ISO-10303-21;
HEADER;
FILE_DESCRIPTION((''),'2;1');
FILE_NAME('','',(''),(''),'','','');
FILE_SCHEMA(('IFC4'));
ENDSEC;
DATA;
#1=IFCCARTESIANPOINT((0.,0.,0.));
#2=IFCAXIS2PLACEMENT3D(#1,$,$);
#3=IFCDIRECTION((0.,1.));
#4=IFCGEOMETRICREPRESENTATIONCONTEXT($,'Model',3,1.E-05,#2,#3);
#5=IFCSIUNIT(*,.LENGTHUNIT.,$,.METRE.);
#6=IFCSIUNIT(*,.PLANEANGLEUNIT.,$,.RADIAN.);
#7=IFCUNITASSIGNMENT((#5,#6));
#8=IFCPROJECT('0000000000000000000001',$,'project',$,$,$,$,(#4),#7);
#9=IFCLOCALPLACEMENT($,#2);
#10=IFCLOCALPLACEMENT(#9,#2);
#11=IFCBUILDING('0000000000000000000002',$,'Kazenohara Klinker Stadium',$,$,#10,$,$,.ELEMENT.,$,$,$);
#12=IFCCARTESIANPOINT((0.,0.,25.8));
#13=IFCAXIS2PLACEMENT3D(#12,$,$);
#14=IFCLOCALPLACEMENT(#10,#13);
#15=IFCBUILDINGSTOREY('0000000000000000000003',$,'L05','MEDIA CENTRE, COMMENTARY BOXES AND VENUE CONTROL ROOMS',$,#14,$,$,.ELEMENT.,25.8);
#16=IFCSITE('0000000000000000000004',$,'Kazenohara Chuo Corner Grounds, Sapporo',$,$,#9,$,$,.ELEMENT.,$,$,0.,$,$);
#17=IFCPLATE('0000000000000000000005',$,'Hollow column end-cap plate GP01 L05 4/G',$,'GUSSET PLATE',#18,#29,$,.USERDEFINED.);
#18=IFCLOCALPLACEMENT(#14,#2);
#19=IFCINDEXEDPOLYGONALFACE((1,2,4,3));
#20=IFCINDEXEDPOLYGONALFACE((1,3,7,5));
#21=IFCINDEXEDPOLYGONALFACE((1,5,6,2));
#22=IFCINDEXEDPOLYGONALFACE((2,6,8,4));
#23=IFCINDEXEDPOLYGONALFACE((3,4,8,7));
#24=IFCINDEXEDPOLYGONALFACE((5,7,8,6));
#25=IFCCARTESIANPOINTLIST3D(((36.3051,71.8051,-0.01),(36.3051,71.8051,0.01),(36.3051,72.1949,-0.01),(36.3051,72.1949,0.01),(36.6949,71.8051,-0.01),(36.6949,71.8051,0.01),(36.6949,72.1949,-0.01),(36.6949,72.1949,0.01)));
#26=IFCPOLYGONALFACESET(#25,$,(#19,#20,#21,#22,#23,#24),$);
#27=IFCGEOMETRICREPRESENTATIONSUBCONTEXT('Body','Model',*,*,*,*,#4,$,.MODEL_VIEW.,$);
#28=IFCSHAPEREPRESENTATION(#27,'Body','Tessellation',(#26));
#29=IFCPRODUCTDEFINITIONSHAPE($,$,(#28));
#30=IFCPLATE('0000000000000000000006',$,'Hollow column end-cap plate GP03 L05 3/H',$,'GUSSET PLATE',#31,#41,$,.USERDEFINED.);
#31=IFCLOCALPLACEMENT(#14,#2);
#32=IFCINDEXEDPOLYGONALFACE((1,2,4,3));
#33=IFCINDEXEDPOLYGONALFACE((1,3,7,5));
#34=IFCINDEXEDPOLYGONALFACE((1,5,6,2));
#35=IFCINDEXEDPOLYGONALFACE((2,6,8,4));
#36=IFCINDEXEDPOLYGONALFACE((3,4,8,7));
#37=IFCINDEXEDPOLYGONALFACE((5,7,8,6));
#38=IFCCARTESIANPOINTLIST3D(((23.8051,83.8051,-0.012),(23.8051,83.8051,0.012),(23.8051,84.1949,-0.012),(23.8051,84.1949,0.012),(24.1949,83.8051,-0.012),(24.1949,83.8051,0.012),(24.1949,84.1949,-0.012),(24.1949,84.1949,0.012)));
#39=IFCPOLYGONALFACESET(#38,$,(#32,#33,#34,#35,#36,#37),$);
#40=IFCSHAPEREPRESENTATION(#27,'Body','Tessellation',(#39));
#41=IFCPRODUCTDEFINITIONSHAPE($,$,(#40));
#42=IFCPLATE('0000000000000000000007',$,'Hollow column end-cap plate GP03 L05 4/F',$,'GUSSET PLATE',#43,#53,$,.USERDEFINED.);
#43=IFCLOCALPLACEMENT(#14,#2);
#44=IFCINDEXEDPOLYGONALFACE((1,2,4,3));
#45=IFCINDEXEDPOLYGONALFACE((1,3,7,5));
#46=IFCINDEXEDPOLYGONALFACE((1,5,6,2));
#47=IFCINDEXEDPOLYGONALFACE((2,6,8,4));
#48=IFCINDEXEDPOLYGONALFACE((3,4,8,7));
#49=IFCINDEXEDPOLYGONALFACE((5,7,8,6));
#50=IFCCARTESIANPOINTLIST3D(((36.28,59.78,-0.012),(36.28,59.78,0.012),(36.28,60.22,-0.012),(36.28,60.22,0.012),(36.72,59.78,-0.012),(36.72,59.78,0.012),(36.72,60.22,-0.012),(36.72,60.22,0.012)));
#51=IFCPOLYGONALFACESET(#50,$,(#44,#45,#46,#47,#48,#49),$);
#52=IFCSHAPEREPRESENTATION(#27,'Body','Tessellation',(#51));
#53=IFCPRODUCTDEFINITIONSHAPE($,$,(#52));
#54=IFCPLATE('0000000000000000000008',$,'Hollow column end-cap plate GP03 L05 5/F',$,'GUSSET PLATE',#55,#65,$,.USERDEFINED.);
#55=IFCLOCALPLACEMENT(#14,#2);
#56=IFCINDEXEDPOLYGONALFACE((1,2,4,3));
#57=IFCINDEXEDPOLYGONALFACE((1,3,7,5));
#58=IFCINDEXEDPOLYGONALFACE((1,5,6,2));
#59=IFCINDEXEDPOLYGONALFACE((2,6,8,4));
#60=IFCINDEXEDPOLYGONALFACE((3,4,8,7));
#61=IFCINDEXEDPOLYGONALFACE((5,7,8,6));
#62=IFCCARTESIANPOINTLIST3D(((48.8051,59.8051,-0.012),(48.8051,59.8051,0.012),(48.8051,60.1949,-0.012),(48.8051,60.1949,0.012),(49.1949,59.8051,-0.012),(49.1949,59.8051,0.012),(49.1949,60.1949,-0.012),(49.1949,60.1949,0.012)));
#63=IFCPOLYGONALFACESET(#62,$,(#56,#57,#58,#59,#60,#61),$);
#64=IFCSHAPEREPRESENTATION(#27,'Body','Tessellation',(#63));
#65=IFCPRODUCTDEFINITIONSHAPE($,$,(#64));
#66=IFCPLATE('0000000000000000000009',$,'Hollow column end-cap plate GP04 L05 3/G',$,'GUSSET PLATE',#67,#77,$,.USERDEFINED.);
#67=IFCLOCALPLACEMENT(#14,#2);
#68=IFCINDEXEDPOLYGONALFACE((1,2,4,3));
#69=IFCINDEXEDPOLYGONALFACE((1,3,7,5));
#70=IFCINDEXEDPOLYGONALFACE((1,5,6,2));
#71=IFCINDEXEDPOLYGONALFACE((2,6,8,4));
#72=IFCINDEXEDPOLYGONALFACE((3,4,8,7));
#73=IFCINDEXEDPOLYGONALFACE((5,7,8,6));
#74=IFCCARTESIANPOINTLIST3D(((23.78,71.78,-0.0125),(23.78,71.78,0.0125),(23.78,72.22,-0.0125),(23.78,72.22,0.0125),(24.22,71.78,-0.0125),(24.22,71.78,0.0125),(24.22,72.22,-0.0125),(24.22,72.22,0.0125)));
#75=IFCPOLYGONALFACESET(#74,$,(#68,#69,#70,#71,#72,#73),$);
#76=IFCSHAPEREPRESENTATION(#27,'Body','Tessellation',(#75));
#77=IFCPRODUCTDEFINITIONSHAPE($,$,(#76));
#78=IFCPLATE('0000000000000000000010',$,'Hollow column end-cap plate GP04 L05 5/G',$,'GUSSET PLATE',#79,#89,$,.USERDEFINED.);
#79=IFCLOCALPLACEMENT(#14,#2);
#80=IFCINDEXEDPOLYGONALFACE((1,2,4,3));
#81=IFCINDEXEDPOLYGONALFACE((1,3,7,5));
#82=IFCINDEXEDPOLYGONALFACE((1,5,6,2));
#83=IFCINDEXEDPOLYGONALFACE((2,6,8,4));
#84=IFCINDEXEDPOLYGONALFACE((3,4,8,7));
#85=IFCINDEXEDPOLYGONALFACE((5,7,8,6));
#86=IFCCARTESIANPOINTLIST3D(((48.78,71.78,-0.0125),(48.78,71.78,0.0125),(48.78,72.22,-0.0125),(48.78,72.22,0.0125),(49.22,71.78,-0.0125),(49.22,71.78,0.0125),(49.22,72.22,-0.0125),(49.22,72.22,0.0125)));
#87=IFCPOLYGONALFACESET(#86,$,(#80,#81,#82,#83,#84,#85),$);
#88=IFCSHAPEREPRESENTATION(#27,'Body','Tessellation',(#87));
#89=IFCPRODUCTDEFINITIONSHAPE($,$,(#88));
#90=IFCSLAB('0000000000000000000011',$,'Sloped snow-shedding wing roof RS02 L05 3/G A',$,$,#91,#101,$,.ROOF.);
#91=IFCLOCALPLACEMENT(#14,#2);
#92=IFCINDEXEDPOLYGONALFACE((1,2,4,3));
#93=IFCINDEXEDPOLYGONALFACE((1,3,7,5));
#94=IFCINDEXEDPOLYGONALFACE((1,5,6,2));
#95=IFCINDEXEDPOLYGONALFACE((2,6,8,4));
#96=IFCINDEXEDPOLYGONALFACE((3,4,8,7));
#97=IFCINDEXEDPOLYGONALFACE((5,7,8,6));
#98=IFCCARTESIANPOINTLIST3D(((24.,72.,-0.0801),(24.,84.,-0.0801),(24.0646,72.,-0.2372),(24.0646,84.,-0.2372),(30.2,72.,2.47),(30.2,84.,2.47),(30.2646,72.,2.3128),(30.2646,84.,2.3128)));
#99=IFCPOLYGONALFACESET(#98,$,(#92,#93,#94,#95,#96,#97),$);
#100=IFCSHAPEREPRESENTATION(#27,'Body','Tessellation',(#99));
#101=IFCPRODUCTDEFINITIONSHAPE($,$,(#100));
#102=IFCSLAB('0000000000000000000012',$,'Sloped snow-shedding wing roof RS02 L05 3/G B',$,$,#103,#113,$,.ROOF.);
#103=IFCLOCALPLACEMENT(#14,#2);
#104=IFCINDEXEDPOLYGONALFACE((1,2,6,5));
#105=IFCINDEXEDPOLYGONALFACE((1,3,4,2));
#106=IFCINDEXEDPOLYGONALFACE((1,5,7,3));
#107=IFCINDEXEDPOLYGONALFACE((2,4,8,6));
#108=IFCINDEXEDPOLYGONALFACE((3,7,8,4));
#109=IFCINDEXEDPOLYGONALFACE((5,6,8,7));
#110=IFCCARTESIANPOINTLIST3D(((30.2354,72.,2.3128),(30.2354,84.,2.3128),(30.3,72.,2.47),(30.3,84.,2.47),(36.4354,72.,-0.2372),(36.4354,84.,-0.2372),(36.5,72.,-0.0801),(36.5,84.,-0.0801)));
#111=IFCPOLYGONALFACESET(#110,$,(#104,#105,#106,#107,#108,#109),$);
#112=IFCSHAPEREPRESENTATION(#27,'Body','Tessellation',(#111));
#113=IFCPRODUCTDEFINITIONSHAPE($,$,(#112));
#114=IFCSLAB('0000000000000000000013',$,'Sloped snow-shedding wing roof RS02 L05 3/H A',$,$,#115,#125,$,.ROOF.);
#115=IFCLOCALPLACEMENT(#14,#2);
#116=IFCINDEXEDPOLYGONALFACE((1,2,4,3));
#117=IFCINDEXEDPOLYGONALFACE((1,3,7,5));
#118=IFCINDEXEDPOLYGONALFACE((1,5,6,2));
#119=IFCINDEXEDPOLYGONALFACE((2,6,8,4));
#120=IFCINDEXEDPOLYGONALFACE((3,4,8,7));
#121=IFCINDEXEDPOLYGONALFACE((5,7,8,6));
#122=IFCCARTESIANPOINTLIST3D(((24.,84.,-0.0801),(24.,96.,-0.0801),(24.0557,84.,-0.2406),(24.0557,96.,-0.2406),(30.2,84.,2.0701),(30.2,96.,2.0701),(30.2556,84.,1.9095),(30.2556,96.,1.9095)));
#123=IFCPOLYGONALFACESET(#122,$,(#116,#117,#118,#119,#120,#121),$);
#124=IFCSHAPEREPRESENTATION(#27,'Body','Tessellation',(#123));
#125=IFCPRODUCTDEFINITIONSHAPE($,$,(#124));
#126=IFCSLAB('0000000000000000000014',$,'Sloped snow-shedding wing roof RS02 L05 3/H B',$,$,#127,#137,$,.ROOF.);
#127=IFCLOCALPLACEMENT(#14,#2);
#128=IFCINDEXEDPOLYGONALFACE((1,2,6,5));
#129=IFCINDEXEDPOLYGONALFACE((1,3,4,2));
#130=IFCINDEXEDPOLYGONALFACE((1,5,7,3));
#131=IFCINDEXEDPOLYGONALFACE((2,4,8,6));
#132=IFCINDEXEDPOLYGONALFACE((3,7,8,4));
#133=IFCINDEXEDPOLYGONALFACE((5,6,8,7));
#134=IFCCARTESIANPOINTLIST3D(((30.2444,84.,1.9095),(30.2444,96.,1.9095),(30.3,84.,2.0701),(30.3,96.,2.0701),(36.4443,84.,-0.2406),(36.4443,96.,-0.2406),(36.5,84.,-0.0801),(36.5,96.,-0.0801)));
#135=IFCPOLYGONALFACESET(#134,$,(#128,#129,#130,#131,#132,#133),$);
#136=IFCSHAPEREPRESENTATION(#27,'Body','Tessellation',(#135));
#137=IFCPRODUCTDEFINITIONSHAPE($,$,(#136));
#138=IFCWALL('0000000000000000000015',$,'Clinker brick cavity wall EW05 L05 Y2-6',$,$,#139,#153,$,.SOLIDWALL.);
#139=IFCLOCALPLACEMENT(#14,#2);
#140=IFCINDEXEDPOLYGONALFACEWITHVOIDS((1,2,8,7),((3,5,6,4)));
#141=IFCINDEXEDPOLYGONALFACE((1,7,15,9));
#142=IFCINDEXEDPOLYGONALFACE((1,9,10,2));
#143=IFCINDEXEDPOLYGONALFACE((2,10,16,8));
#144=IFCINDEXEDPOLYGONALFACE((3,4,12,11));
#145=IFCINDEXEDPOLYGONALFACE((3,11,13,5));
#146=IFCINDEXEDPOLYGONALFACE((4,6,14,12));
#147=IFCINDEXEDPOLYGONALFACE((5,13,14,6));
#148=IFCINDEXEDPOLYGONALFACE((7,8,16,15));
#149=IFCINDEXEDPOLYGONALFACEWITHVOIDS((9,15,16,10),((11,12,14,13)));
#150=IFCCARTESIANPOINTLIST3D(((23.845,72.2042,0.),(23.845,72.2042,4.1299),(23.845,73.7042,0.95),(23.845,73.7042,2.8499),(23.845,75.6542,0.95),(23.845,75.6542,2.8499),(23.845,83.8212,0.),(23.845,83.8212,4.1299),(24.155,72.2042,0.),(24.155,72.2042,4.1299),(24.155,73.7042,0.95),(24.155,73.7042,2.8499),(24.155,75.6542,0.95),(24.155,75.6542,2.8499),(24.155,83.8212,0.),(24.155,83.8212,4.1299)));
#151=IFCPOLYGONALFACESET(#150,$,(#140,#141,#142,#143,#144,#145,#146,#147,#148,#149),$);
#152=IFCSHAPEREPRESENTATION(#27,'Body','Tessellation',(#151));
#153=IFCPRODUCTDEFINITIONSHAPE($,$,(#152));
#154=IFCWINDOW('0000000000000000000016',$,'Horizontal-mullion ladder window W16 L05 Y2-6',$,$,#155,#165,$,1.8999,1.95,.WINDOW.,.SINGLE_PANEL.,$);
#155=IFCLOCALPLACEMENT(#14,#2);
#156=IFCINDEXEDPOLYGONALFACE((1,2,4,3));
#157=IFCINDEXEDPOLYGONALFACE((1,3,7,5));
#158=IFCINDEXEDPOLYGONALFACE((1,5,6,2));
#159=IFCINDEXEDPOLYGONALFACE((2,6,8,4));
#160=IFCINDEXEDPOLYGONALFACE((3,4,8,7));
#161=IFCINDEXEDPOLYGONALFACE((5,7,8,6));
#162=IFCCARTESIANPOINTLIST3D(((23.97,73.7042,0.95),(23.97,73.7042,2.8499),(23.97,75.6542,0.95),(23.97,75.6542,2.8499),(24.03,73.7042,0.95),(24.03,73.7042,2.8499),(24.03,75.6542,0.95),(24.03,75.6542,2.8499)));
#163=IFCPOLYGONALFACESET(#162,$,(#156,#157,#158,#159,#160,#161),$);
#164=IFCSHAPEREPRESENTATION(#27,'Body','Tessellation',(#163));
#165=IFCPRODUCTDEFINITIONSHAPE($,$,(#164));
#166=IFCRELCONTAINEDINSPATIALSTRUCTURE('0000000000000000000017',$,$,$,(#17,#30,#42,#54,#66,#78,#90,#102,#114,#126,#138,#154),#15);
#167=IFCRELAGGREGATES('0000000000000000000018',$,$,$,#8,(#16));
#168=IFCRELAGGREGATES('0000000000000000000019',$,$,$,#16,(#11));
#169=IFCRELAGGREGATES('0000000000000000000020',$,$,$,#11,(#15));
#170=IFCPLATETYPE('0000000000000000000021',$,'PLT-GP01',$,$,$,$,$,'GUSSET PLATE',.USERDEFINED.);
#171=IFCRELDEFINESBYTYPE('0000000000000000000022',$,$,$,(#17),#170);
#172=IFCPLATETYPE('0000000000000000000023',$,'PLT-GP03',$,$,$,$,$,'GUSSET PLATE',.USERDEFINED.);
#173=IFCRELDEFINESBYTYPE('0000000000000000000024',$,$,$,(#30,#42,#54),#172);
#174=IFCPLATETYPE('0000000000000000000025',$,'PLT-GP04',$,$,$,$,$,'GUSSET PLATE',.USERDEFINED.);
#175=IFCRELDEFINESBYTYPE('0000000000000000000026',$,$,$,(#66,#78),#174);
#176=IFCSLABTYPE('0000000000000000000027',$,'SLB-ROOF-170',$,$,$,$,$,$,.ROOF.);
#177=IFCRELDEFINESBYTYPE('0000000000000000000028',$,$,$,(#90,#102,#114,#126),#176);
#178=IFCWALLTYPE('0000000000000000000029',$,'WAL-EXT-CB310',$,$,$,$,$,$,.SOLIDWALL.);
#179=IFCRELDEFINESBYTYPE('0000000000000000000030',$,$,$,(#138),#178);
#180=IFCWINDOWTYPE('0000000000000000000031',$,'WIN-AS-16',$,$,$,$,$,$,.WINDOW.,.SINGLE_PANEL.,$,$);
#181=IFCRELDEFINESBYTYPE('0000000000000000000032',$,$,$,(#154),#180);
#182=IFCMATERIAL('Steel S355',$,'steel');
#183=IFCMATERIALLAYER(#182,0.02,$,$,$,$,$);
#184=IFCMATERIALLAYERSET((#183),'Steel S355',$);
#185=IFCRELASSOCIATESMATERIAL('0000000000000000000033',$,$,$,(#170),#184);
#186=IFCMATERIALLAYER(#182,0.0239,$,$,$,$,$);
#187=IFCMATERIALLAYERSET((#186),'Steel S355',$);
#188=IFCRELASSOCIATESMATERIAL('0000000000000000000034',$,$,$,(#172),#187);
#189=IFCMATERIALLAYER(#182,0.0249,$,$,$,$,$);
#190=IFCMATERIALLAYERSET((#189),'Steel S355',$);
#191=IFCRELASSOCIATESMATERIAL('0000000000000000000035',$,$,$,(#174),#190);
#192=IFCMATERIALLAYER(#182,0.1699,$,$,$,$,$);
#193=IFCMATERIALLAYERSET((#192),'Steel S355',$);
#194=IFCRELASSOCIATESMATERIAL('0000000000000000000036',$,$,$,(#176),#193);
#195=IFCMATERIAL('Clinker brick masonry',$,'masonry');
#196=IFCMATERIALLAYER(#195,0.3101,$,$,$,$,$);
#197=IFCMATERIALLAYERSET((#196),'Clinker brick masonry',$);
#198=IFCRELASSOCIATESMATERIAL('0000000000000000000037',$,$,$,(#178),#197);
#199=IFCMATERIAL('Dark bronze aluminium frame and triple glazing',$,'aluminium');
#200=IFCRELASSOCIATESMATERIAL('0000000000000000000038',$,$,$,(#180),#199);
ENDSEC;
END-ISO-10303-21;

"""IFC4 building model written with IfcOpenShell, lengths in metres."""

from ifc_helpers import new_model, si_unit, direction, frame, frame_2d, origin, origin_2d, place, context, subcontext, project, spatial, polyline, rectangle, outline, extrude, material, layer, layer_set, type_object, element, fill, save


model = new_model("IFC4")

# Units and contexts
model_context = context("Model", 3, precision=1e-05, world=origin(), true_north=direction((0.0, 1.0)))
body_context = subcontext(model_context, "Body", "Model", "MODEL_VIEW")
ifc_project = project(units=[si_unit("LENGTHUNIT", "METRE"), si_unit("PLANEANGLEUNIT", "RADIAN")], contexts=[model_context])

# Site, building, storey
site_placement = place(None, origin())
site = spatial("IfcSite", under=ifc_project, at=site_placement, Name="Kazenohara Chuo Corner Grounds, Sapporo", CompositionType="ELEMENT", RefElevation=0.0)
building_placement = place(site_placement, origin())
building = spatial("IfcBuilding", under=site, at=building_placement, Name="Kazenohara Klinker Stadium", CompositionType="ELEMENT")
storey_placement = place(building_placement, frame((0.0, 0.0, 25.8)))
storey = spatial("IfcBuildingStorey", under=building, at=storey_placement, Name="L05", Description="MEDIA CENTRE, COMMENTARY BOXES AND VENUE CONTROL ROOMS", CompositionType="ELEMENT", Elevation=25.8)

# Shared definitions
ifc_material_1 = material(Name="Steel S355", Category="steel")

# Plates
ifc_layer_1 = layer(ifc_material_1, 0.02)
ifc_layer_set_1 = layer_set([ifc_layer_1], Name="Steel S355")
plate_type_1 = type_object("IfcPlateType", Name="PLT-GP01", ElementType="GUSSET PLATE", PredefinedType="USERDEFINED", material=ifc_layer_set_1)
plate_1_placement = place(storey_placement, frame((36.5, 72.0, -0.01), z_axis=(0.0, 0.0, 1.0), x_axis=(1.0, 0.0, 0.0)))
element("IfcPlate", 1, at=plate_1_placement, inside=storey, type_object=plate_type_1, Name="Hollow column end-cap plate GP01 L05 4/G", ObjectType="GUSSET PLATE", PredefinedType="USERDEFINED", context=body_context, shape_type="SweptSolid", body=[
    extrude(rectangle(XDim=0.3899, YDim=0.3899, at=origin_2d()), origin(), (0.0, 0.0, 1.0), 0.02),
])
ifc_layer_2 = layer(ifc_material_1, 0.0239)
ifc_layer_set_2 = layer_set([ifc_layer_2], Name="Steel S355")
plate_type_2 = type_object("IfcPlateType", Name="PLT-GP03", ElementType="GUSSET PLATE", PredefinedType="USERDEFINED", material=ifc_layer_set_2)
plate_2_placement = place(storey_placement, frame((24.0, 84.0, -0.012), z_axis=(0.0, 0.0, 1.0), x_axis=(1.0, 0.0, 0.0)))
element("IfcPlate", 2, at=plate_2_placement, inside=storey, type_object=plate_type_2, Name="Hollow column end-cap plate GP03 L05 3/H", ObjectType="GUSSET PLATE", PredefinedType="USERDEFINED", context=body_context, shape_type="SweptSolid", body=[
    extrude(rectangle(XDim=0.3899, YDim=0.3899, at=origin_2d()), origin(), (0.0, 0.0, 1.0), 0.0239),
])
plate_3_placement = place(storey_placement, frame((36.5, 60.0, -0.012), z_axis=(0.0, 0.0, 1.0), x_axis=(1.0, 0.0, 0.0)))
element("IfcPlate", 3, at=plate_3_placement, inside=storey, type_object=plate_type_2, Name="Hollow column end-cap plate GP03 L05 4/F", ObjectType="GUSSET PLATE", PredefinedType="USERDEFINED", context=body_context, shape_type="SweptSolid", body=[
    extrude(rectangle(XDim=0.4399, YDim=0.4399, at=origin_2d()), origin(), (0.0, 0.0, 1.0), 0.0239),
])
plate_4_placement = place(storey_placement, frame((49.0, 60.0, -0.012), z_axis=(0.0, 0.0, 1.0), x_axis=(1.0, 0.0, 0.0)))
element("IfcPlate", 4, at=plate_4_placement, inside=storey, type_object=plate_type_2, Name="Hollow column end-cap plate GP03 L05 5/F", ObjectType="GUSSET PLATE", PredefinedType="USERDEFINED", context=body_context, shape_type="SweptSolid", body=[
    extrude(rectangle(XDim=0.3899, YDim=0.3899, at=origin_2d()), origin(), (0.0, 0.0, 1.0), 0.0239),
])
ifc_layer_3 = layer(ifc_material_1, 0.0249)
ifc_layer_set_3 = layer_set([ifc_layer_3], Name="Steel S355")
plate_type_3 = type_object("IfcPlateType", Name="PLT-GP04", ElementType="GUSSET PLATE", PredefinedType="USERDEFINED", material=ifc_layer_set_3)
for number, where, z_axis, x_axis, name in (
    (5, (24.0, 72.0, -0.0125), (0.0, 0.0, 1.0), (1.0, 0.0, 0.0), "Hollow column end-cap plate GP04 L05 3/G"),
    (6, (49.0, 72.0, -0.0125), (0.0, 0.0, 1.0), (1.0, 0.0, 0.0), "Hollow column end-cap plate GP04 L05 5/G"),
):
    element("IfcPlate", number, at=place(storey_placement, frame(where, z_axis=z_axis, x_axis=x_axis)), inside=storey, type_object=plate_type_3, Name=name, ObjectType="GUSSET PLATE", PredefinedType="USERDEFINED", context=body_context, shape_type="SweptSolid", body=[
        extrude(rectangle(XDim=0.4399, YDim=0.4399, at=origin_2d()), origin(), (0.0, 0.0, 1.0), 0.0249),
    ])

# Slabs
ifc_layer_4 = layer(ifc_material_1, 0.1699)
ifc_layer_set_4 = layer_set([ifc_layer_4], Name="Steel S355")
slab_type = type_object("IfcSlabType", Name="SLB-ROOF-170", PredefinedType="ROOF", material=ifc_layer_set_4)
for number, where, z_axis, x_axis, name in (
    (7, (24.0, 72.0, -0.0801), (-0.380383, 0.0, 0.924829), (0.924829, 0.0, 0.380383), "Sloped snow-shedding wing roof RS02 L05 3/G A"),
    (8, (30.3, 72.0, 2.47), (0.380383, 0.0, 0.924829), (0.924829, 0.0, -0.380383), "Sloped snow-shedding wing roof RS02 L05 3/G B"),
):
    element("IfcSlab", number, at=place(storey_placement, frame(where, z_axis=z_axis, x_axis=x_axis)), inside=storey, type_object=slab_type, Name=name, PredefinedType="ROOF", context=body_context, shape_type="SweptSolid", body=[
        extrude(outline(polyline([(0.0, 0.0), (6.7039, 0.0), (6.7039, 12.0), (0.0, 12.0), (0.0, 0.0)])), origin(), (0.0, 0.0, -1.0), 0.1699),
    ])
for number, where, z_axis, x_axis, name in (
    (9, (24.0, 84.0, -0.0801), (-0.327656, 0.0, 0.944797), (0.944797, 0.0, 0.327656), "Sloped snow-shedding wing roof RS02 L05 3/H A"),
    (10, (30.3, 84.0, 2.0701), (0.327656, 0.0, 0.944797), (0.944797, 0.0, -0.327656), "Sloped snow-shedding wing roof RS02 L05 3/H B"),
):
    element("IfcSlab", number, at=place(storey_placement, frame(where, z_axis=z_axis, x_axis=x_axis)), inside=storey, type_object=slab_type, Name=name, PredefinedType="ROOF", context=body_context, shape_type="SweptSolid", body=[
        extrude(outline(polyline([(0.0, 0.0), (6.5622, 0.0), (6.5622, 12.0), (0.0, 12.0), (0.0, 0.0)])), origin(), (0.0, 0.0, -1.0), 0.1699),
    ])

# Wall, opening, window
ifc_material_2 = material(Name="Clinker brick masonry", Category="masonry")
ifc_layer_5 = layer(ifc_material_2, 0.3101)
ifc_layer_set_5 = layer_set([ifc_layer_5], Name="Clinker brick masonry")
wall_type_1 = type_object("IfcWallType", Name="WAL-EXT-CB310", PredefinedType="SOLIDWALL", material=ifc_layer_set_5)
wall_1_placement = place(storey_placement, frame((24.0, 72.2041, 0.0), z_axis=(0.0, 0.0, 1.0), x_axis=(0.0, 1.0, 0.0)))
wall_1 = element("IfcWall", 11, at=wall_1_placement, inside=storey, type_object=wall_type_1, Name="Clinker brick cavity wall EW05 L05 Y2-6", PredefinedType="SOLIDWALL", context=body_context, shape_type="SweptSolid", body=[
    extrude(rectangle(XDim=11.6169, YDim=0.3101, at=frame_2d((5.8086, 0.0))), origin(), (0.0, 0.0, 1.0), 4.1299),
])
opening_1_placement = place(wall_1_placement, frame((1.5, 0.0, 0.95)))
opening_1 = element("IfcOpeningElement", 12, at=opening_1_placement, cuts=wall_1, PredefinedType="OPENING", context=body_context, shape_type="SweptSolid", body=[
    extrude(rectangle(XDim=1.95, YDim=1.8999, at=frame_2d((0.9751, 0.95))), frame((0.0, 0.165, 0.0), z_axis=(0.0, -1.0, 0.0), x_axis=(1.0, 0.0, 0.0)), (0.0, 0.0, 1.0), 0.3301),
])
ifc_material_3 = material(Name="Dark bronze aluminium frame and triple glazing", Category="aluminium")
window_type_1 = type_object("IfcWindowType", Name="WIN-AS-16", PartitioningType="SINGLE_PANEL", PredefinedType="WINDOW", material=ifc_material_3)
window_1_placement = place(opening_1_placement, origin())
window_1 = element("IfcWindow", 13, at=window_1_placement, inside=storey, type_object=window_type_1, Name="Horizontal-mullion ladder window W16 L05 Y2-6", OverallHeight=1.8999, OverallWidth=1.95, PartitioningType="SINGLE_PANEL", PredefinedType="WINDOW", context=body_context, shape_type="SweptSolid", body=[
    extrude(rectangle(XDim=1.95, YDim=1.8999, at=frame_2d((0.9751, 0.95))), frame((0.0, 0.03, 0.0), z_axis=(0.0, -1.0, 0.0), x_axis=(1.0, 0.0, 0.0)), (0.0, 0.0, 1.0), 0.0601),
])
fill(opening_1, window_1)

save(model, "model.ifc")
